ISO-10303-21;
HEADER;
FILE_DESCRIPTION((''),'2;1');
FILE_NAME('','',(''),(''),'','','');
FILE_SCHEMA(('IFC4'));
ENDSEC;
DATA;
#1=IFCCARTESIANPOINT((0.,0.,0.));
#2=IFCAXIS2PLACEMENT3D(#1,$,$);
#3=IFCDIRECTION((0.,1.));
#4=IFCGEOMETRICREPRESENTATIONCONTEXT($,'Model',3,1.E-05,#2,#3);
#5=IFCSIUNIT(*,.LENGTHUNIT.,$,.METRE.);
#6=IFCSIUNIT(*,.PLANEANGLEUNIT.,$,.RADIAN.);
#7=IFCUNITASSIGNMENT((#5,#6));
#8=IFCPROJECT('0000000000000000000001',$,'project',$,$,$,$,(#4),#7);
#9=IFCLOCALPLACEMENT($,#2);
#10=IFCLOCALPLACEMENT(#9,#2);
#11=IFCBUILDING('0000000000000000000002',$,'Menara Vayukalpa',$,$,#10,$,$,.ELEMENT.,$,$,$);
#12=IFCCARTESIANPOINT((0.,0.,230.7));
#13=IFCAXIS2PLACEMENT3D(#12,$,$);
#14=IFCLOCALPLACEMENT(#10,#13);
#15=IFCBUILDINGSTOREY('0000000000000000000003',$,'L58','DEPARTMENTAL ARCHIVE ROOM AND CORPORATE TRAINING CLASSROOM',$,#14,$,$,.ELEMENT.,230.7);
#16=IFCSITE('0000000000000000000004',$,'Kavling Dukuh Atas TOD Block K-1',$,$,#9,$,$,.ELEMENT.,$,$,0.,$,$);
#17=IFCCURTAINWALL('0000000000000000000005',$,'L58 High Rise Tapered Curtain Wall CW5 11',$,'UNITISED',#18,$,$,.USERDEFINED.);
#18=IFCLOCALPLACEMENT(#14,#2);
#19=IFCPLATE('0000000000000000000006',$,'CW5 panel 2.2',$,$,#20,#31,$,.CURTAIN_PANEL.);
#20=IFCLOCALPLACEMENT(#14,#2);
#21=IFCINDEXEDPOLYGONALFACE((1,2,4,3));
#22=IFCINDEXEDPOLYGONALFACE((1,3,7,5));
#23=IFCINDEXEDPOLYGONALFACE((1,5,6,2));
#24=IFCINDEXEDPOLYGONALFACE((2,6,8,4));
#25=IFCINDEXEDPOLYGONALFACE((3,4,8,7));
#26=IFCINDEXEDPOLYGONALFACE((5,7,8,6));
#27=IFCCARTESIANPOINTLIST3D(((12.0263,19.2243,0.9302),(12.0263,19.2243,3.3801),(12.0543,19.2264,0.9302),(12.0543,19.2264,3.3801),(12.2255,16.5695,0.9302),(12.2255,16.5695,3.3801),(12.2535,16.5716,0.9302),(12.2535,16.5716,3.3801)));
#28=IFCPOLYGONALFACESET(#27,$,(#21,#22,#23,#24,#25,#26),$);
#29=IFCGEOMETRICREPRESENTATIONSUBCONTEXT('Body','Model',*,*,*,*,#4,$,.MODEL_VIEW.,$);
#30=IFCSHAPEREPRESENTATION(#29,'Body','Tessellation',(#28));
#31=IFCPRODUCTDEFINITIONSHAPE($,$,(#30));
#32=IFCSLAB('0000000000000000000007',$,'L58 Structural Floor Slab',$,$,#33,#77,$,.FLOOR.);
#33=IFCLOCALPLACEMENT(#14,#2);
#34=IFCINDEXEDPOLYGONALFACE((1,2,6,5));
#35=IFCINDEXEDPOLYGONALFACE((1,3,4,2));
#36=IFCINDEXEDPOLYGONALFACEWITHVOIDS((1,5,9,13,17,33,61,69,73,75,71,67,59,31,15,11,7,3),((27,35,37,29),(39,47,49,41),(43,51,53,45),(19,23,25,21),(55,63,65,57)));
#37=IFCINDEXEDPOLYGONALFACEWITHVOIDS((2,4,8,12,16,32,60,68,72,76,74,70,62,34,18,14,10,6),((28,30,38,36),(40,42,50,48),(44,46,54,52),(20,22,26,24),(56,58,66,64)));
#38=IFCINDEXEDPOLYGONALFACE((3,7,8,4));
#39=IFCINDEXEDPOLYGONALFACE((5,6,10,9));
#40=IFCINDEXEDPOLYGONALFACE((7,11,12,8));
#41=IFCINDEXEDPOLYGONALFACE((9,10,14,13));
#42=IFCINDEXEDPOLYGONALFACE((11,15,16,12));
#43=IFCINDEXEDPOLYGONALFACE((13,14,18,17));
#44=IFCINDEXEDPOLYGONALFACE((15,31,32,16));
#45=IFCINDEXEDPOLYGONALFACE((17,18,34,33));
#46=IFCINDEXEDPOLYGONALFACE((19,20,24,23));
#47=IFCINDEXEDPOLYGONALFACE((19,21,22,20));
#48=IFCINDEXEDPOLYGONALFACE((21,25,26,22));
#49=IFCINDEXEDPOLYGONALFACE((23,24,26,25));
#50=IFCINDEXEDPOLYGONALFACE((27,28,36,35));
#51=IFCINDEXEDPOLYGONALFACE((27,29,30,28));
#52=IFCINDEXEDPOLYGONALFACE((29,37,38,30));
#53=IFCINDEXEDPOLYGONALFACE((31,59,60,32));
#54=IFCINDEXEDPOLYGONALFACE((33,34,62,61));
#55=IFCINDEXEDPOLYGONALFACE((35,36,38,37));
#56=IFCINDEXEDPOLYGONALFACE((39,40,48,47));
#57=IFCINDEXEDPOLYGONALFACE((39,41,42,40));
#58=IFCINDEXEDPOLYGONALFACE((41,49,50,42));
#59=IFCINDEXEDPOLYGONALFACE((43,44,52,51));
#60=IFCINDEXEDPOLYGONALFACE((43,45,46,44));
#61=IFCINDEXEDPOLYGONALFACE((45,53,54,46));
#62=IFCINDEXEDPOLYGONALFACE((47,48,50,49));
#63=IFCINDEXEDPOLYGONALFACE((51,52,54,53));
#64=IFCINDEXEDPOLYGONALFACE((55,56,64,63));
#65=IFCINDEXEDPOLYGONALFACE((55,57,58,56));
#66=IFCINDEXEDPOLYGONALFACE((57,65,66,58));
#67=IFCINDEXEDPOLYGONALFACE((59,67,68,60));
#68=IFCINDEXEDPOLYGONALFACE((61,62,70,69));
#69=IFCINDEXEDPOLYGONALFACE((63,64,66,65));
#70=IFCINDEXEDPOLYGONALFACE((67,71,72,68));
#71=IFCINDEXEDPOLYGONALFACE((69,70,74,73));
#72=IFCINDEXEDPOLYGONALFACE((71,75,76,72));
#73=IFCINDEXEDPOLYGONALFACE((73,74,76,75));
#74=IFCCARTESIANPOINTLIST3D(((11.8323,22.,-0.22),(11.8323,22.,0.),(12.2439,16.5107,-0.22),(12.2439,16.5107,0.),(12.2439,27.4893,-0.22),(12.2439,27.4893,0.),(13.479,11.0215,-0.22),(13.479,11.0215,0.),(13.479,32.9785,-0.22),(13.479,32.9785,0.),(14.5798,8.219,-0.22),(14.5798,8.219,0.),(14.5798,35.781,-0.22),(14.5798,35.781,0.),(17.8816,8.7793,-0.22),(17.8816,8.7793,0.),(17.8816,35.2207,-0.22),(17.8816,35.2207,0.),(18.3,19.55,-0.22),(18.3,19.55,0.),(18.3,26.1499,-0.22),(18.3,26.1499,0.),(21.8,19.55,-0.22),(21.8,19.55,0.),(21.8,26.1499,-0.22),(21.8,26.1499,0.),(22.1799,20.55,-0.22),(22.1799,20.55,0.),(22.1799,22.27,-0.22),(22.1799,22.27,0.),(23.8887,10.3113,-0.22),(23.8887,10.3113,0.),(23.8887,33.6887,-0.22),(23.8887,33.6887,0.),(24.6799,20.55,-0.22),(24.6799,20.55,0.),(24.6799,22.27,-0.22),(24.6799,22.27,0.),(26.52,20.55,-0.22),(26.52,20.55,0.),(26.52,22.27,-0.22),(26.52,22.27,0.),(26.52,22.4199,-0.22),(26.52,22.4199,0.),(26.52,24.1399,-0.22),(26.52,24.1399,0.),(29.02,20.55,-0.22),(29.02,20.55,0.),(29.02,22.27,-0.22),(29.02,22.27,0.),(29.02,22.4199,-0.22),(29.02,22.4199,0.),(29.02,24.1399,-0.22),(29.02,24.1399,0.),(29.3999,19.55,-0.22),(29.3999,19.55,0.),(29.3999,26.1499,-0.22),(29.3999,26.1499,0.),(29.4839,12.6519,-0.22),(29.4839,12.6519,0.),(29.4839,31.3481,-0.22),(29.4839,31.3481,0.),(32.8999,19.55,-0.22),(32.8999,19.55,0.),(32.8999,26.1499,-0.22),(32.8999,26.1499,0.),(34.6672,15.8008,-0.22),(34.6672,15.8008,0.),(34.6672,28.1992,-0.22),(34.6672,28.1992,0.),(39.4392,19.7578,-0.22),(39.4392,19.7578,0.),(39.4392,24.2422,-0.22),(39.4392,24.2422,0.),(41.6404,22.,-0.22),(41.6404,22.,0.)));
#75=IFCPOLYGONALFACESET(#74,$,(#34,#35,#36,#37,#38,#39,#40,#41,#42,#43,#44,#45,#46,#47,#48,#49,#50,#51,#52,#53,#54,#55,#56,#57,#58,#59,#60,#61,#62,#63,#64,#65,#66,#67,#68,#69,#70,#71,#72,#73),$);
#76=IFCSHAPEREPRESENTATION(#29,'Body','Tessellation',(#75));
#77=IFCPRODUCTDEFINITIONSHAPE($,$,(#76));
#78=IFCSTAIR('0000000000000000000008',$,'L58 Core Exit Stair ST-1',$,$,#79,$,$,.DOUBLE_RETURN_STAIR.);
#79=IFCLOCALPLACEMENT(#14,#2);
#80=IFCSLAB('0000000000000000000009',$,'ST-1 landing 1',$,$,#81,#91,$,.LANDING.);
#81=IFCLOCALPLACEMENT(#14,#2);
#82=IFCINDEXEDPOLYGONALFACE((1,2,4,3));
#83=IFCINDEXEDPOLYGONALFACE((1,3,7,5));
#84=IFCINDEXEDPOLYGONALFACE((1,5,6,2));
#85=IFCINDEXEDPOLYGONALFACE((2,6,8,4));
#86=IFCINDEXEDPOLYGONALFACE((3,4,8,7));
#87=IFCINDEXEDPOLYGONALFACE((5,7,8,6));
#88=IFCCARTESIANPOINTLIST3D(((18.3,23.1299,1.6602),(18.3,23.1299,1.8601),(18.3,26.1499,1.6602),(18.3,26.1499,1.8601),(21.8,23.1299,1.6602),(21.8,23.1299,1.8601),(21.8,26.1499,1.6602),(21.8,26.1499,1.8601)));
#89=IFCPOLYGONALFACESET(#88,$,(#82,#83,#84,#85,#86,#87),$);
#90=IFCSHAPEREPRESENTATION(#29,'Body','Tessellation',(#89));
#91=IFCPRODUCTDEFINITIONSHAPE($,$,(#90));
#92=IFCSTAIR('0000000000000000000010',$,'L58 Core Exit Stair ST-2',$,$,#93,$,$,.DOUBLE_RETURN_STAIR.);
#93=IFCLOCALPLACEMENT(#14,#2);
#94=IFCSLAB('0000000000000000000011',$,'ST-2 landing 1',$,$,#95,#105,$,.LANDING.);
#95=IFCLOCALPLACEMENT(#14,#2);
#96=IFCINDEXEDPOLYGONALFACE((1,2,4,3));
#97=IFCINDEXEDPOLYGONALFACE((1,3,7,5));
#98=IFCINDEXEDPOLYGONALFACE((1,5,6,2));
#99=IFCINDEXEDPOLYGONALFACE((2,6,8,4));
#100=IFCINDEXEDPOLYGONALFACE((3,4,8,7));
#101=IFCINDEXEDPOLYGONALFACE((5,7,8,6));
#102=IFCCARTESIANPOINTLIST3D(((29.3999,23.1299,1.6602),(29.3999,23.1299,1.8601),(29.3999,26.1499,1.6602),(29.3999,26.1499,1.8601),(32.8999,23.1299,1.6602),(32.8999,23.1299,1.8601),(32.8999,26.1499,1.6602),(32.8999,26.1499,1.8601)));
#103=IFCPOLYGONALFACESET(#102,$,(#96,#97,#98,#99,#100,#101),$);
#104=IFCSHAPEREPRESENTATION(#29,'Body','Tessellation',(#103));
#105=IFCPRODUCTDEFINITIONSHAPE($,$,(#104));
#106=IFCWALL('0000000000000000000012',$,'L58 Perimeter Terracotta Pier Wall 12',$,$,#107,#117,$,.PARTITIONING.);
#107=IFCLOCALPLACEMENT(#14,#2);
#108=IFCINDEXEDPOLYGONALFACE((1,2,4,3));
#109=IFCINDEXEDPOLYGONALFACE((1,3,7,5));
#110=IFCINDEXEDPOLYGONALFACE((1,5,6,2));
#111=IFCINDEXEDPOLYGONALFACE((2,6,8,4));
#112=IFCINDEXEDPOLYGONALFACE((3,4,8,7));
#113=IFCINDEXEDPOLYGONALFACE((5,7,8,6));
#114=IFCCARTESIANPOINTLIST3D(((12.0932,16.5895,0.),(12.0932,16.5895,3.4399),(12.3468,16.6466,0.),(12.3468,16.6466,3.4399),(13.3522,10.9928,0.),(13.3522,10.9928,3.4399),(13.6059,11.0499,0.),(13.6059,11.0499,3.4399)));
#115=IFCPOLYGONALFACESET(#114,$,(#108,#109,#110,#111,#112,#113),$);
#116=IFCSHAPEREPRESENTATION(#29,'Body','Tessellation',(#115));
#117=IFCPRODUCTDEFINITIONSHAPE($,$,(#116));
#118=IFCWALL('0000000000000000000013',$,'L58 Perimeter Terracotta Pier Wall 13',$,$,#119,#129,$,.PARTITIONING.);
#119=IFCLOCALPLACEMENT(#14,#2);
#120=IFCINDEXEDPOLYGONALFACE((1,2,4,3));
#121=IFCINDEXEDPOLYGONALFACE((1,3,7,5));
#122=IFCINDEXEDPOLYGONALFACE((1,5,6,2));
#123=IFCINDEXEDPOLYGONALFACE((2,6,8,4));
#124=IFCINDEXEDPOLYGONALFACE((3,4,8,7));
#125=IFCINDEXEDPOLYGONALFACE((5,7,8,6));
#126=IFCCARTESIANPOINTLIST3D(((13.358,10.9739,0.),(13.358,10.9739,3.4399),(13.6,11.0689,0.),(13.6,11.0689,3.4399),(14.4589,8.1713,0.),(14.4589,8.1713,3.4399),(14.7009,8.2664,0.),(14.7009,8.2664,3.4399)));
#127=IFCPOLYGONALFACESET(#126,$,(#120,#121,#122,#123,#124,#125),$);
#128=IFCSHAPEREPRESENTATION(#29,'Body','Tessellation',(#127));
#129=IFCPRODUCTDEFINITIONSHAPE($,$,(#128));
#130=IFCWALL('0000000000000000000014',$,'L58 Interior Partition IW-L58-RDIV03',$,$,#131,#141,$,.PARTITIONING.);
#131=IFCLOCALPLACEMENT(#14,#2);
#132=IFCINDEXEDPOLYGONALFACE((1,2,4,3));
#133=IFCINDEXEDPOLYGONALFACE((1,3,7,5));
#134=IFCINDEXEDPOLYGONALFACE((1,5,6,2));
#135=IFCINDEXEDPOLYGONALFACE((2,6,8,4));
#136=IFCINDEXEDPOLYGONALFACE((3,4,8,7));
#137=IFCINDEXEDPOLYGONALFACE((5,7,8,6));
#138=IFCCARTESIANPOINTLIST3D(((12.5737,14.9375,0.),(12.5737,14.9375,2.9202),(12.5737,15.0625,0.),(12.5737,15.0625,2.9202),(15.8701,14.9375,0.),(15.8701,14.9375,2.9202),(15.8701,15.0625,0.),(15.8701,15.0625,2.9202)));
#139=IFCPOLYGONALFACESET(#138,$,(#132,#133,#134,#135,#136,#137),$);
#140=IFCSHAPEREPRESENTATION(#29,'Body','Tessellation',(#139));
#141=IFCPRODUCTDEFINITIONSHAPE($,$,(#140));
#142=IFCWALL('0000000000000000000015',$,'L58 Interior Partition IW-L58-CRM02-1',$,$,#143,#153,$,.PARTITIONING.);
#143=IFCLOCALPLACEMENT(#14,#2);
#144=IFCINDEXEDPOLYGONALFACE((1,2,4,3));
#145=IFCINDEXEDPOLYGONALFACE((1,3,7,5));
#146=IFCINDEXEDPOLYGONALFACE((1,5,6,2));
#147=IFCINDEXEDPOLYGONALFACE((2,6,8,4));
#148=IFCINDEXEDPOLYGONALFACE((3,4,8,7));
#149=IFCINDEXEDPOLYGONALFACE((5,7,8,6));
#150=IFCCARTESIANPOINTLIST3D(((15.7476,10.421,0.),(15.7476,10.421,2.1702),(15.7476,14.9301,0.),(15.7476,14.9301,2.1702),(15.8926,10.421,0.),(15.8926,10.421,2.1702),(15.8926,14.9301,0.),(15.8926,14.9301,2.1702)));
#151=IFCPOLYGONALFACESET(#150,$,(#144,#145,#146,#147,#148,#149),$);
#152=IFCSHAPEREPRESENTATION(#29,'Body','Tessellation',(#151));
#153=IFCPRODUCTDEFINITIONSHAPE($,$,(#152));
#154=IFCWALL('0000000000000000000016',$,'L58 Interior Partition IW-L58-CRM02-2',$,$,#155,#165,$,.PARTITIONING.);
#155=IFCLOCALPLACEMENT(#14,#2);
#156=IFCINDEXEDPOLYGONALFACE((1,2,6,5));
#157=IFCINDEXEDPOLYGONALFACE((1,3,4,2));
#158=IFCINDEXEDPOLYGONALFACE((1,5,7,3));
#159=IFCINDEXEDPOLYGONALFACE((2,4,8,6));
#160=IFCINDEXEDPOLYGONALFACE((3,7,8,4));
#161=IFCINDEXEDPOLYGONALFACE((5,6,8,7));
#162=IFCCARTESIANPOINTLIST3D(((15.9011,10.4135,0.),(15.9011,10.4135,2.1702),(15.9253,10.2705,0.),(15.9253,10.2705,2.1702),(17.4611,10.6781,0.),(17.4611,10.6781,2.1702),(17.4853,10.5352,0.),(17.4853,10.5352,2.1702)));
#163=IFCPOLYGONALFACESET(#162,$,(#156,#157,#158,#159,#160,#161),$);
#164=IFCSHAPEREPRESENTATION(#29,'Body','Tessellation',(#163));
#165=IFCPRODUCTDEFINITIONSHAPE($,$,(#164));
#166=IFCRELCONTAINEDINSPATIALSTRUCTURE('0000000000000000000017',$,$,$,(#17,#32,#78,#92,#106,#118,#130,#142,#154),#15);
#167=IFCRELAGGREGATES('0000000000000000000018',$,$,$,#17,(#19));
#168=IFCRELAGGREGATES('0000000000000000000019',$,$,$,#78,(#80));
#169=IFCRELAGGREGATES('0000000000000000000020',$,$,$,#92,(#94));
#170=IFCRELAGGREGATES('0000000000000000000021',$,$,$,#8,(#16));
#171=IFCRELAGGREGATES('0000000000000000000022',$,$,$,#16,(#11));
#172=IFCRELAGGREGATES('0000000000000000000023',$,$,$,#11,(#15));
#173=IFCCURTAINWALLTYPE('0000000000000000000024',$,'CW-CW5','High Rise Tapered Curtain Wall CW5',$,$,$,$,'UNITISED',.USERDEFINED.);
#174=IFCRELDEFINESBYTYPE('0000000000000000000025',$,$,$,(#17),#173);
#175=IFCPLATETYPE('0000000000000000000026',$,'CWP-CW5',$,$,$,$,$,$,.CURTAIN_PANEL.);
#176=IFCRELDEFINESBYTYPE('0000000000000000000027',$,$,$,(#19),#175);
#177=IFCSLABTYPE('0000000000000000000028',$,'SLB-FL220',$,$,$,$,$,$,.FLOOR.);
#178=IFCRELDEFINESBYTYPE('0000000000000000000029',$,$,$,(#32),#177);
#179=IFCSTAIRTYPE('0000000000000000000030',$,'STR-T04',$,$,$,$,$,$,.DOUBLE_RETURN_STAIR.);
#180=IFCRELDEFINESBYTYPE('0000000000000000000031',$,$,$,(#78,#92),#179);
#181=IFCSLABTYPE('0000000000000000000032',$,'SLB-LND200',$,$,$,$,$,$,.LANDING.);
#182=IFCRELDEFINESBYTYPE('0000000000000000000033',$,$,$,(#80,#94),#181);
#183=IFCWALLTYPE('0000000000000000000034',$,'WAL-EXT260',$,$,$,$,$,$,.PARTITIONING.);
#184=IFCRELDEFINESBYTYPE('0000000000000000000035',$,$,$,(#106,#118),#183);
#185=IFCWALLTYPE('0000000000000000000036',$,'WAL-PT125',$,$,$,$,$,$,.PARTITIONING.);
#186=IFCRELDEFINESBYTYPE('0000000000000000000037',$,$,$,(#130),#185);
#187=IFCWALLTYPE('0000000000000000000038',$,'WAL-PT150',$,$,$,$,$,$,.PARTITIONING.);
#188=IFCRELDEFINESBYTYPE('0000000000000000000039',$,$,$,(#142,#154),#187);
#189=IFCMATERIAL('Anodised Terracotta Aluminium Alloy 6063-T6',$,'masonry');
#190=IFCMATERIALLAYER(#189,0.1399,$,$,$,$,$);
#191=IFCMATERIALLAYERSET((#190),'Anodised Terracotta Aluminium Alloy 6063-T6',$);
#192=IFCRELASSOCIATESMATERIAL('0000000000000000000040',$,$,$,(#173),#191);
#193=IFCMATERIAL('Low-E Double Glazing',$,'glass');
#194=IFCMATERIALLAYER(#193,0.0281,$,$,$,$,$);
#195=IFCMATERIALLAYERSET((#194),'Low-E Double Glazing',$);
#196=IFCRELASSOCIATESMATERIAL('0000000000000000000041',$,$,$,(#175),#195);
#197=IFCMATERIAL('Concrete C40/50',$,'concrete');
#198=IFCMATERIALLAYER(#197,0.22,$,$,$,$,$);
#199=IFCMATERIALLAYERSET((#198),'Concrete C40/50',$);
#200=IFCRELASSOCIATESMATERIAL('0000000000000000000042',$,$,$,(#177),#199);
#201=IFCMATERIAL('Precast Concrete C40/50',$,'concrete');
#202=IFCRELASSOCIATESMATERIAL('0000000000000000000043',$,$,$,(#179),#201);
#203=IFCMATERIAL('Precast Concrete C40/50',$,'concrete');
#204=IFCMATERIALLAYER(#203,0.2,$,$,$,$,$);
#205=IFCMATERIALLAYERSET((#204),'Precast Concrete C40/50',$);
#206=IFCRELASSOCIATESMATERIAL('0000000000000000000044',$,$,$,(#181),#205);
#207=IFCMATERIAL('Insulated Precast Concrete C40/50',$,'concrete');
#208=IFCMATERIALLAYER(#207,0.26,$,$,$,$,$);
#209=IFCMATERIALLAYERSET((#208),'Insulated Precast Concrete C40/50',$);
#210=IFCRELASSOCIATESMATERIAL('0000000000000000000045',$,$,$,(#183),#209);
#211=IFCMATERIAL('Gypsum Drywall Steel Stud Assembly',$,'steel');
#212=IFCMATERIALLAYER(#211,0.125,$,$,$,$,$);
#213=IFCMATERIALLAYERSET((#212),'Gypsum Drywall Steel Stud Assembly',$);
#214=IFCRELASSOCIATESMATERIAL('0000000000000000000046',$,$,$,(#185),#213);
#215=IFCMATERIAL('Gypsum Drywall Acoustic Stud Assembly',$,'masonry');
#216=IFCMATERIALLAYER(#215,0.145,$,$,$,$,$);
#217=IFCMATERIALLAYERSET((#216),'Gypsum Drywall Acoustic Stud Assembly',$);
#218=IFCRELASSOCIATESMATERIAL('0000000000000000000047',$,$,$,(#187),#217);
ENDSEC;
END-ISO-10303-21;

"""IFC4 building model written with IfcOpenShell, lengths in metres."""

from ifc_helpers import new_model, si_unit, direction, frame, frame_2d, origin, origin_2d, place, context, subcontext, project, spatial, polyline, rectangle, outline, extrude, material, layer, layer_set, type_object, element, aggregate, save


model = new_model("IFC4")

# Units and contexts
model_context = context("Model", 3, precision=1e-05, world=origin(), true_north=direction((0.0, 1.0)))
body_context = subcontext(model_context, "Body", "Model", "MODEL_VIEW")
ifc_project = project(units=[si_unit("LENGTHUNIT", "METRE"), si_unit("PLANEANGLEUNIT", "RADIAN")], contexts=[model_context])

# Site, building, storey
site_placement = place(None, origin())
site = spatial("IfcSite", under=ifc_project, at=site_placement, Name="Kavling Dukuh Atas TOD Block K-1", CompositionType="ELEMENT", RefElevation=0.0)
building_placement = place(site_placement, origin())
building = spatial("IfcBuilding", under=site, at=building_placement, Name="Menara Vayukalpa", CompositionType="ELEMENT")
storey_placement = place(building_placement, frame((0.0, 0.0, 230.7)))
storey = spatial("IfcBuildingStorey", under=building, at=storey_placement, Name="L58", Description="DEPARTMENTAL ARCHIVE ROOM AND CORPORATE TRAINING CLASSROOM", CompositionType="ELEMENT", Elevation=230.7)

# Curtain wall, plate
ifc_material_1 = material(Name="Anodised Terracotta Aluminium Alloy 6063-T6", Category="masonry")
ifc_layer_1 = layer(ifc_material_1, 0.1399)
ifc_layer_set_1 = layer_set([ifc_layer_1], Name="Anodised Terracotta Aluminium Alloy 6063-T6")
curtain_wall_type = type_object("IfcCurtainWallType", Name="CW-CW5", Description="High Rise Tapered Curtain Wall CW5", ElementType="UNITISED", PredefinedType="USERDEFINED", material=ifc_layer_set_1)
curtain_wall_placement = place(storey_placement, origin())
curtain_wall = element("IfcCurtainWall", 1, at=curtain_wall_placement, inside=storey, type_object=curtain_wall_type, Name="L58 High Rise Tapered Curtain Wall CW5 11", ObjectType="UNITISED", PredefinedType="USERDEFINED")
ifc_material_2 = material(Name="Low-E Double Glazing", Category="glass")
ifc_layer_2 = layer(ifc_material_2, 0.0281)
ifc_layer_set_2 = layer_set([ifc_layer_2], Name="Low-E Double Glazing")
plate_type = type_object("IfcPlateType", Name="CWP-CW5", PredefinedType="CURTAIN_PANEL", material=ifc_layer_set_2)
plate_1_placement = place(storey_placement, frame((12.1399, 17.8979, 0.9302), z_axis=(0.0, 0.0, 1.0), x_axis=(0.074792, -0.997199, 0.0)))
plate_1 = element("IfcPlate", 2, at=plate_1_placement, type_object=plate_type, Name="CW5 panel 2.2", PredefinedType="CURTAIN_PANEL", context=body_context, shape_type="SweptSolid", body=[
    extrude(rectangle(XDim=2.6624, YDim=0.0281, at=origin_2d()), origin(), (0.0, 0.0, 1.0), 2.45),
])
aggregate(curtain_wall, [plate_1])

# Slab
ifc_material_3 = material(Name="Concrete C40/50", Category="concrete")
ifc_layer_3 = layer(ifc_material_3, 0.22)
ifc_layer_set_3 = layer_set([ifc_layer_3], Name="Concrete C40/50")
slab_type_1 = type_object("IfcSlabType", Name="SLB-FL220", PredefinedType="FLOOR", material=ifc_layer_set_3)
slab_1_placement = place(storey_placement, frame((0.0, 0.0, -0.22)))
element("IfcSlab", 3, at=slab_1_placement, inside=storey, type_object=slab_type_1, Name="L58 Structural Floor Slab", PredefinedType="FLOOR", context=body_context, shape_type="SweptSolid", body=[
    extrude(outline(polyline([(39.4392, 19.7578), (41.6404, 22.0), (39.4392, 24.2422), (34.6672, 28.1992), (29.4839, 31.3481), (23.8887, 33.6887), (17.8816, 35.2207), (14.5798, 35.781), (13.479, 32.9785), (12.2439, 27.4893), (11.8323, 22.0), (12.2439, 16.5107), (13.479, 11.0215), (14.5798, 8.219), (17.8816, 8.7793), (23.8887, 10.3113), (29.4839, 12.6519), (34.6672, 15.8008), (39.4392, 19.7578)]), holes=[polyline([(21.8, 19.55), (21.8, 26.1499), (18.3, 26.1499), (18.3, 19.55), (21.8, 19.55)]), polyline([(32.8999, 19.55), (32.8999, 26.1499), (29.3999, 26.1499), (29.3999, 19.55), (32.8999, 19.55)]), polyline([(22.1799, 20.55), (24.6799, 20.55), (24.6799, 22.27), (22.1799, 22.27), (22.1799, 20.55)]), polyline([(26.52, 20.55), (29.02, 20.55), (29.02, 22.27), (26.52, 22.27), (26.52, 20.55)]), polyline([(26.52, 22.4199), (29.02, 22.4199), (29.02, 24.1399), (26.52, 24.1399), (26.52, 22.4199)])]), origin(), (0.0, 0.0, 1.0), 0.22),
])

# Stairs, slabs
ifc_material_4 = material(Name="Precast Concrete C40/50", Category="concrete")
stair_type = type_object("IfcStairType", Name="STR-T04", PredefinedType="DOUBLE_RETURN_STAIR", material=ifc_material_4)
stair_1_placement = place(storey_placement, origin())
stair_1 = element("IfcStair", 4, at=stair_1_placement, inside=storey, type_object=stair_type, Name="L58 Core Exit Stair ST-1", PredefinedType="DOUBLE_RETURN_STAIR")
ifc_material_5 = material(Name="Precast Concrete C40/50", Category="concrete")
ifc_layer_4 = layer(ifc_material_5, 0.2)
ifc_layer_set_4 = layer_set([ifc_layer_4], Name="Precast Concrete C40/50")
slab_type_2 = type_object("IfcSlabType", Name="SLB-LND200", PredefinedType="LANDING", material=ifc_layer_set_4)
slab_2_placement = place(storey_placement, frame((0.0, 0.0, 1.6602)))
slab_2 = element("IfcSlab", 5, at=slab_2_placement, type_object=slab_type_2, Name="ST-1 landing 1", PredefinedType="LANDING", context=body_context, shape_type="SweptSolid", body=[
    extrude(outline(polyline([(21.8, 23.1299), (21.8, 26.1499), (18.3, 26.1499), (18.3, 23.1299), (21.8, 23.1299)])), origin(), (0.0, 0.0, 1.0), 0.2),
])
aggregate(stair_1, [slab_2])
stair_2_placement = place(storey_placement, origin())
stair_2 = element("IfcStair", 6, at=stair_2_placement, inside=storey, type_object=stair_type, Name="L58 Core Exit Stair ST-2", PredefinedType="DOUBLE_RETURN_STAIR")
slab_3_placement = place(storey_placement, frame((0.0, 0.0, 1.6602)))
slab_3 = element("IfcSlab", 7, at=slab_3_placement, type_object=slab_type_2, Name="ST-2 landing 1", PredefinedType="LANDING", context=body_context, shape_type="SweptSolid", body=[
    extrude(outline(polyline([(32.8999, 23.1299), (32.8999, 26.1499), (29.3999, 26.1499), (29.3999, 23.1299), (32.8999, 23.1299)])), origin(), (0.0, 0.0, 1.0), 0.2),
])
aggregate(stair_2, [slab_3])

# Walls
ifc_material_6 = material(Name="Insulated Precast Concrete C40/50", Category="concrete")
ifc_layer_5 = layer(ifc_material_6, 0.26)
ifc_layer_set_5 = layer_set([ifc_layer_5], Name="Insulated Precast Concrete C40/50")
wall_type_1 = type_object("IfcWallType", Name="WAL-EXT260", PredefinedType="PARTITIONING", material=ifc_layer_set_5)
wall_1_placement = place(storey_placement, frame((13.479, 11.0215, 0.0), z_axis=(0.0, 0.0, 1.0), x_axis=(-0.219476, 0.975618, 0.0)))
element("IfcWall", 8, at=wall_1_placement, inside=storey, type_object=wall_type_1, Name="L58 Perimeter Terracotta Pier Wall 12", PredefinedType="PARTITIONING", context=body_context, shape_type="SweptSolid", body=[
    extrude(rectangle(XDim=5.7366, YDim=0.26, at=frame_2d((2.8682, 0.0))), origin(), (0.0, 0.0, 1.0), 3.4399),
])
wall_2_placement = place(storey_placement, frame((14.5798, 8.219, 0.0), z_axis=(0.0, 0.0, 1.0), x_axis=(-0.36561, 0.930768, 0.0)))
element("IfcWall", 9, at=wall_2_placement, inside=storey, type_object=wall_type_1, Name="L58 Perimeter Terracotta Pier Wall 13", PredefinedType="PARTITIONING", context=body_context, shape_type="SweptSolid", body=[
    extrude(rectangle(XDim=3.011, YDim=0.26, at=frame_2d((1.5054, 0.0))), origin(), (0.0, 0.0, 1.0), 3.4399),
])
ifc_material_7 = material(Name="Gypsum Drywall Steel Stud Assembly", Category="steel")
ifc_layer_6 = layer(ifc_material_7, 0.125)
ifc_layer_set_6 = layer_set([ifc_layer_6], Name="Gypsum Drywall Steel Stud Assembly")
wall_type_2 = type_object("IfcWallType", Name="WAL-PT125", PredefinedType="PARTITIONING", material=ifc_layer_set_6)
wall_3_placement = place(storey_placement, frame((12.5737, 15.0, 0.0), z_axis=(0.0, 0.0, 1.0), x_axis=(1.0, 0.0, 0.0)))
element("IfcWall", 10, at=wall_3_placement, inside=storey, type_object=wall_type_2, Name="L58 Interior Partition IW-L58-RDIV03", PredefinedType="PARTITIONING", context=body_context, shape_type="SweptSolid", body=[
    extrude(rectangle(XDim=3.2964, YDim=0.125, at=frame_2d((1.6482, 0.0))), origin(), (0.0, 0.0, 1.0), 2.9202),
])
ifc_material_8 = material(Name="Gypsum Drywall Acoustic Stud Assembly", Category="masonry")
ifc_layer_7 = layer(ifc_material_8, 0.145)
ifc_layer_set_7 = layer_set([ifc_layer_7], Name="Gypsum Drywall Acoustic Stud Assembly")
wall_type_3 = type_object("IfcWallType", Name="WAL-PT150", PredefinedType="PARTITIONING", material=ifc_layer_set_7)
wall_4_placement = place(storey_placement, frame((15.8201, 14.9299, 0.0), z_axis=(0.0, 0.0, 1.0), x_axis=(0.0, -1.0, 0.0)))
element("IfcWall", 11, at=wall_4_placement, inside=storey, type_object=wall_type_3, Name="L58 Interior Partition IW-L58-CRM02-1", PredefinedType="PARTITIONING", context=body_context, shape_type="SweptSolid", body=[
    extrude(rectangle(XDim=4.509, YDim=0.145, at=frame_2d((2.2544, 0.0))), origin(), (0.0, 0.0, 1.0), 2.1702),
])
wall_5_placement = place(storey_placement, frame((15.9133, 10.342, 0.0), z_axis=(0.0, 0.0, 1.0), x_axis=(0.985914, 0.167251, 0.0)))
element("IfcWall", 12, at=wall_5_placement, inside=storey, type_object=wall_type_3, Name="L58 Interior Partition IW-L58-CRM02-2", PredefinedType="PARTITIONING", context=body_context, shape_type="SweptSolid", body=[
    extrude(rectangle(XDim=1.5823, YDim=0.145, at=frame_2d((0.791, 0.0))), origin(), (0.0, 0.0, 1.0), 2.1702),
])

save(model, "model.ifc")
